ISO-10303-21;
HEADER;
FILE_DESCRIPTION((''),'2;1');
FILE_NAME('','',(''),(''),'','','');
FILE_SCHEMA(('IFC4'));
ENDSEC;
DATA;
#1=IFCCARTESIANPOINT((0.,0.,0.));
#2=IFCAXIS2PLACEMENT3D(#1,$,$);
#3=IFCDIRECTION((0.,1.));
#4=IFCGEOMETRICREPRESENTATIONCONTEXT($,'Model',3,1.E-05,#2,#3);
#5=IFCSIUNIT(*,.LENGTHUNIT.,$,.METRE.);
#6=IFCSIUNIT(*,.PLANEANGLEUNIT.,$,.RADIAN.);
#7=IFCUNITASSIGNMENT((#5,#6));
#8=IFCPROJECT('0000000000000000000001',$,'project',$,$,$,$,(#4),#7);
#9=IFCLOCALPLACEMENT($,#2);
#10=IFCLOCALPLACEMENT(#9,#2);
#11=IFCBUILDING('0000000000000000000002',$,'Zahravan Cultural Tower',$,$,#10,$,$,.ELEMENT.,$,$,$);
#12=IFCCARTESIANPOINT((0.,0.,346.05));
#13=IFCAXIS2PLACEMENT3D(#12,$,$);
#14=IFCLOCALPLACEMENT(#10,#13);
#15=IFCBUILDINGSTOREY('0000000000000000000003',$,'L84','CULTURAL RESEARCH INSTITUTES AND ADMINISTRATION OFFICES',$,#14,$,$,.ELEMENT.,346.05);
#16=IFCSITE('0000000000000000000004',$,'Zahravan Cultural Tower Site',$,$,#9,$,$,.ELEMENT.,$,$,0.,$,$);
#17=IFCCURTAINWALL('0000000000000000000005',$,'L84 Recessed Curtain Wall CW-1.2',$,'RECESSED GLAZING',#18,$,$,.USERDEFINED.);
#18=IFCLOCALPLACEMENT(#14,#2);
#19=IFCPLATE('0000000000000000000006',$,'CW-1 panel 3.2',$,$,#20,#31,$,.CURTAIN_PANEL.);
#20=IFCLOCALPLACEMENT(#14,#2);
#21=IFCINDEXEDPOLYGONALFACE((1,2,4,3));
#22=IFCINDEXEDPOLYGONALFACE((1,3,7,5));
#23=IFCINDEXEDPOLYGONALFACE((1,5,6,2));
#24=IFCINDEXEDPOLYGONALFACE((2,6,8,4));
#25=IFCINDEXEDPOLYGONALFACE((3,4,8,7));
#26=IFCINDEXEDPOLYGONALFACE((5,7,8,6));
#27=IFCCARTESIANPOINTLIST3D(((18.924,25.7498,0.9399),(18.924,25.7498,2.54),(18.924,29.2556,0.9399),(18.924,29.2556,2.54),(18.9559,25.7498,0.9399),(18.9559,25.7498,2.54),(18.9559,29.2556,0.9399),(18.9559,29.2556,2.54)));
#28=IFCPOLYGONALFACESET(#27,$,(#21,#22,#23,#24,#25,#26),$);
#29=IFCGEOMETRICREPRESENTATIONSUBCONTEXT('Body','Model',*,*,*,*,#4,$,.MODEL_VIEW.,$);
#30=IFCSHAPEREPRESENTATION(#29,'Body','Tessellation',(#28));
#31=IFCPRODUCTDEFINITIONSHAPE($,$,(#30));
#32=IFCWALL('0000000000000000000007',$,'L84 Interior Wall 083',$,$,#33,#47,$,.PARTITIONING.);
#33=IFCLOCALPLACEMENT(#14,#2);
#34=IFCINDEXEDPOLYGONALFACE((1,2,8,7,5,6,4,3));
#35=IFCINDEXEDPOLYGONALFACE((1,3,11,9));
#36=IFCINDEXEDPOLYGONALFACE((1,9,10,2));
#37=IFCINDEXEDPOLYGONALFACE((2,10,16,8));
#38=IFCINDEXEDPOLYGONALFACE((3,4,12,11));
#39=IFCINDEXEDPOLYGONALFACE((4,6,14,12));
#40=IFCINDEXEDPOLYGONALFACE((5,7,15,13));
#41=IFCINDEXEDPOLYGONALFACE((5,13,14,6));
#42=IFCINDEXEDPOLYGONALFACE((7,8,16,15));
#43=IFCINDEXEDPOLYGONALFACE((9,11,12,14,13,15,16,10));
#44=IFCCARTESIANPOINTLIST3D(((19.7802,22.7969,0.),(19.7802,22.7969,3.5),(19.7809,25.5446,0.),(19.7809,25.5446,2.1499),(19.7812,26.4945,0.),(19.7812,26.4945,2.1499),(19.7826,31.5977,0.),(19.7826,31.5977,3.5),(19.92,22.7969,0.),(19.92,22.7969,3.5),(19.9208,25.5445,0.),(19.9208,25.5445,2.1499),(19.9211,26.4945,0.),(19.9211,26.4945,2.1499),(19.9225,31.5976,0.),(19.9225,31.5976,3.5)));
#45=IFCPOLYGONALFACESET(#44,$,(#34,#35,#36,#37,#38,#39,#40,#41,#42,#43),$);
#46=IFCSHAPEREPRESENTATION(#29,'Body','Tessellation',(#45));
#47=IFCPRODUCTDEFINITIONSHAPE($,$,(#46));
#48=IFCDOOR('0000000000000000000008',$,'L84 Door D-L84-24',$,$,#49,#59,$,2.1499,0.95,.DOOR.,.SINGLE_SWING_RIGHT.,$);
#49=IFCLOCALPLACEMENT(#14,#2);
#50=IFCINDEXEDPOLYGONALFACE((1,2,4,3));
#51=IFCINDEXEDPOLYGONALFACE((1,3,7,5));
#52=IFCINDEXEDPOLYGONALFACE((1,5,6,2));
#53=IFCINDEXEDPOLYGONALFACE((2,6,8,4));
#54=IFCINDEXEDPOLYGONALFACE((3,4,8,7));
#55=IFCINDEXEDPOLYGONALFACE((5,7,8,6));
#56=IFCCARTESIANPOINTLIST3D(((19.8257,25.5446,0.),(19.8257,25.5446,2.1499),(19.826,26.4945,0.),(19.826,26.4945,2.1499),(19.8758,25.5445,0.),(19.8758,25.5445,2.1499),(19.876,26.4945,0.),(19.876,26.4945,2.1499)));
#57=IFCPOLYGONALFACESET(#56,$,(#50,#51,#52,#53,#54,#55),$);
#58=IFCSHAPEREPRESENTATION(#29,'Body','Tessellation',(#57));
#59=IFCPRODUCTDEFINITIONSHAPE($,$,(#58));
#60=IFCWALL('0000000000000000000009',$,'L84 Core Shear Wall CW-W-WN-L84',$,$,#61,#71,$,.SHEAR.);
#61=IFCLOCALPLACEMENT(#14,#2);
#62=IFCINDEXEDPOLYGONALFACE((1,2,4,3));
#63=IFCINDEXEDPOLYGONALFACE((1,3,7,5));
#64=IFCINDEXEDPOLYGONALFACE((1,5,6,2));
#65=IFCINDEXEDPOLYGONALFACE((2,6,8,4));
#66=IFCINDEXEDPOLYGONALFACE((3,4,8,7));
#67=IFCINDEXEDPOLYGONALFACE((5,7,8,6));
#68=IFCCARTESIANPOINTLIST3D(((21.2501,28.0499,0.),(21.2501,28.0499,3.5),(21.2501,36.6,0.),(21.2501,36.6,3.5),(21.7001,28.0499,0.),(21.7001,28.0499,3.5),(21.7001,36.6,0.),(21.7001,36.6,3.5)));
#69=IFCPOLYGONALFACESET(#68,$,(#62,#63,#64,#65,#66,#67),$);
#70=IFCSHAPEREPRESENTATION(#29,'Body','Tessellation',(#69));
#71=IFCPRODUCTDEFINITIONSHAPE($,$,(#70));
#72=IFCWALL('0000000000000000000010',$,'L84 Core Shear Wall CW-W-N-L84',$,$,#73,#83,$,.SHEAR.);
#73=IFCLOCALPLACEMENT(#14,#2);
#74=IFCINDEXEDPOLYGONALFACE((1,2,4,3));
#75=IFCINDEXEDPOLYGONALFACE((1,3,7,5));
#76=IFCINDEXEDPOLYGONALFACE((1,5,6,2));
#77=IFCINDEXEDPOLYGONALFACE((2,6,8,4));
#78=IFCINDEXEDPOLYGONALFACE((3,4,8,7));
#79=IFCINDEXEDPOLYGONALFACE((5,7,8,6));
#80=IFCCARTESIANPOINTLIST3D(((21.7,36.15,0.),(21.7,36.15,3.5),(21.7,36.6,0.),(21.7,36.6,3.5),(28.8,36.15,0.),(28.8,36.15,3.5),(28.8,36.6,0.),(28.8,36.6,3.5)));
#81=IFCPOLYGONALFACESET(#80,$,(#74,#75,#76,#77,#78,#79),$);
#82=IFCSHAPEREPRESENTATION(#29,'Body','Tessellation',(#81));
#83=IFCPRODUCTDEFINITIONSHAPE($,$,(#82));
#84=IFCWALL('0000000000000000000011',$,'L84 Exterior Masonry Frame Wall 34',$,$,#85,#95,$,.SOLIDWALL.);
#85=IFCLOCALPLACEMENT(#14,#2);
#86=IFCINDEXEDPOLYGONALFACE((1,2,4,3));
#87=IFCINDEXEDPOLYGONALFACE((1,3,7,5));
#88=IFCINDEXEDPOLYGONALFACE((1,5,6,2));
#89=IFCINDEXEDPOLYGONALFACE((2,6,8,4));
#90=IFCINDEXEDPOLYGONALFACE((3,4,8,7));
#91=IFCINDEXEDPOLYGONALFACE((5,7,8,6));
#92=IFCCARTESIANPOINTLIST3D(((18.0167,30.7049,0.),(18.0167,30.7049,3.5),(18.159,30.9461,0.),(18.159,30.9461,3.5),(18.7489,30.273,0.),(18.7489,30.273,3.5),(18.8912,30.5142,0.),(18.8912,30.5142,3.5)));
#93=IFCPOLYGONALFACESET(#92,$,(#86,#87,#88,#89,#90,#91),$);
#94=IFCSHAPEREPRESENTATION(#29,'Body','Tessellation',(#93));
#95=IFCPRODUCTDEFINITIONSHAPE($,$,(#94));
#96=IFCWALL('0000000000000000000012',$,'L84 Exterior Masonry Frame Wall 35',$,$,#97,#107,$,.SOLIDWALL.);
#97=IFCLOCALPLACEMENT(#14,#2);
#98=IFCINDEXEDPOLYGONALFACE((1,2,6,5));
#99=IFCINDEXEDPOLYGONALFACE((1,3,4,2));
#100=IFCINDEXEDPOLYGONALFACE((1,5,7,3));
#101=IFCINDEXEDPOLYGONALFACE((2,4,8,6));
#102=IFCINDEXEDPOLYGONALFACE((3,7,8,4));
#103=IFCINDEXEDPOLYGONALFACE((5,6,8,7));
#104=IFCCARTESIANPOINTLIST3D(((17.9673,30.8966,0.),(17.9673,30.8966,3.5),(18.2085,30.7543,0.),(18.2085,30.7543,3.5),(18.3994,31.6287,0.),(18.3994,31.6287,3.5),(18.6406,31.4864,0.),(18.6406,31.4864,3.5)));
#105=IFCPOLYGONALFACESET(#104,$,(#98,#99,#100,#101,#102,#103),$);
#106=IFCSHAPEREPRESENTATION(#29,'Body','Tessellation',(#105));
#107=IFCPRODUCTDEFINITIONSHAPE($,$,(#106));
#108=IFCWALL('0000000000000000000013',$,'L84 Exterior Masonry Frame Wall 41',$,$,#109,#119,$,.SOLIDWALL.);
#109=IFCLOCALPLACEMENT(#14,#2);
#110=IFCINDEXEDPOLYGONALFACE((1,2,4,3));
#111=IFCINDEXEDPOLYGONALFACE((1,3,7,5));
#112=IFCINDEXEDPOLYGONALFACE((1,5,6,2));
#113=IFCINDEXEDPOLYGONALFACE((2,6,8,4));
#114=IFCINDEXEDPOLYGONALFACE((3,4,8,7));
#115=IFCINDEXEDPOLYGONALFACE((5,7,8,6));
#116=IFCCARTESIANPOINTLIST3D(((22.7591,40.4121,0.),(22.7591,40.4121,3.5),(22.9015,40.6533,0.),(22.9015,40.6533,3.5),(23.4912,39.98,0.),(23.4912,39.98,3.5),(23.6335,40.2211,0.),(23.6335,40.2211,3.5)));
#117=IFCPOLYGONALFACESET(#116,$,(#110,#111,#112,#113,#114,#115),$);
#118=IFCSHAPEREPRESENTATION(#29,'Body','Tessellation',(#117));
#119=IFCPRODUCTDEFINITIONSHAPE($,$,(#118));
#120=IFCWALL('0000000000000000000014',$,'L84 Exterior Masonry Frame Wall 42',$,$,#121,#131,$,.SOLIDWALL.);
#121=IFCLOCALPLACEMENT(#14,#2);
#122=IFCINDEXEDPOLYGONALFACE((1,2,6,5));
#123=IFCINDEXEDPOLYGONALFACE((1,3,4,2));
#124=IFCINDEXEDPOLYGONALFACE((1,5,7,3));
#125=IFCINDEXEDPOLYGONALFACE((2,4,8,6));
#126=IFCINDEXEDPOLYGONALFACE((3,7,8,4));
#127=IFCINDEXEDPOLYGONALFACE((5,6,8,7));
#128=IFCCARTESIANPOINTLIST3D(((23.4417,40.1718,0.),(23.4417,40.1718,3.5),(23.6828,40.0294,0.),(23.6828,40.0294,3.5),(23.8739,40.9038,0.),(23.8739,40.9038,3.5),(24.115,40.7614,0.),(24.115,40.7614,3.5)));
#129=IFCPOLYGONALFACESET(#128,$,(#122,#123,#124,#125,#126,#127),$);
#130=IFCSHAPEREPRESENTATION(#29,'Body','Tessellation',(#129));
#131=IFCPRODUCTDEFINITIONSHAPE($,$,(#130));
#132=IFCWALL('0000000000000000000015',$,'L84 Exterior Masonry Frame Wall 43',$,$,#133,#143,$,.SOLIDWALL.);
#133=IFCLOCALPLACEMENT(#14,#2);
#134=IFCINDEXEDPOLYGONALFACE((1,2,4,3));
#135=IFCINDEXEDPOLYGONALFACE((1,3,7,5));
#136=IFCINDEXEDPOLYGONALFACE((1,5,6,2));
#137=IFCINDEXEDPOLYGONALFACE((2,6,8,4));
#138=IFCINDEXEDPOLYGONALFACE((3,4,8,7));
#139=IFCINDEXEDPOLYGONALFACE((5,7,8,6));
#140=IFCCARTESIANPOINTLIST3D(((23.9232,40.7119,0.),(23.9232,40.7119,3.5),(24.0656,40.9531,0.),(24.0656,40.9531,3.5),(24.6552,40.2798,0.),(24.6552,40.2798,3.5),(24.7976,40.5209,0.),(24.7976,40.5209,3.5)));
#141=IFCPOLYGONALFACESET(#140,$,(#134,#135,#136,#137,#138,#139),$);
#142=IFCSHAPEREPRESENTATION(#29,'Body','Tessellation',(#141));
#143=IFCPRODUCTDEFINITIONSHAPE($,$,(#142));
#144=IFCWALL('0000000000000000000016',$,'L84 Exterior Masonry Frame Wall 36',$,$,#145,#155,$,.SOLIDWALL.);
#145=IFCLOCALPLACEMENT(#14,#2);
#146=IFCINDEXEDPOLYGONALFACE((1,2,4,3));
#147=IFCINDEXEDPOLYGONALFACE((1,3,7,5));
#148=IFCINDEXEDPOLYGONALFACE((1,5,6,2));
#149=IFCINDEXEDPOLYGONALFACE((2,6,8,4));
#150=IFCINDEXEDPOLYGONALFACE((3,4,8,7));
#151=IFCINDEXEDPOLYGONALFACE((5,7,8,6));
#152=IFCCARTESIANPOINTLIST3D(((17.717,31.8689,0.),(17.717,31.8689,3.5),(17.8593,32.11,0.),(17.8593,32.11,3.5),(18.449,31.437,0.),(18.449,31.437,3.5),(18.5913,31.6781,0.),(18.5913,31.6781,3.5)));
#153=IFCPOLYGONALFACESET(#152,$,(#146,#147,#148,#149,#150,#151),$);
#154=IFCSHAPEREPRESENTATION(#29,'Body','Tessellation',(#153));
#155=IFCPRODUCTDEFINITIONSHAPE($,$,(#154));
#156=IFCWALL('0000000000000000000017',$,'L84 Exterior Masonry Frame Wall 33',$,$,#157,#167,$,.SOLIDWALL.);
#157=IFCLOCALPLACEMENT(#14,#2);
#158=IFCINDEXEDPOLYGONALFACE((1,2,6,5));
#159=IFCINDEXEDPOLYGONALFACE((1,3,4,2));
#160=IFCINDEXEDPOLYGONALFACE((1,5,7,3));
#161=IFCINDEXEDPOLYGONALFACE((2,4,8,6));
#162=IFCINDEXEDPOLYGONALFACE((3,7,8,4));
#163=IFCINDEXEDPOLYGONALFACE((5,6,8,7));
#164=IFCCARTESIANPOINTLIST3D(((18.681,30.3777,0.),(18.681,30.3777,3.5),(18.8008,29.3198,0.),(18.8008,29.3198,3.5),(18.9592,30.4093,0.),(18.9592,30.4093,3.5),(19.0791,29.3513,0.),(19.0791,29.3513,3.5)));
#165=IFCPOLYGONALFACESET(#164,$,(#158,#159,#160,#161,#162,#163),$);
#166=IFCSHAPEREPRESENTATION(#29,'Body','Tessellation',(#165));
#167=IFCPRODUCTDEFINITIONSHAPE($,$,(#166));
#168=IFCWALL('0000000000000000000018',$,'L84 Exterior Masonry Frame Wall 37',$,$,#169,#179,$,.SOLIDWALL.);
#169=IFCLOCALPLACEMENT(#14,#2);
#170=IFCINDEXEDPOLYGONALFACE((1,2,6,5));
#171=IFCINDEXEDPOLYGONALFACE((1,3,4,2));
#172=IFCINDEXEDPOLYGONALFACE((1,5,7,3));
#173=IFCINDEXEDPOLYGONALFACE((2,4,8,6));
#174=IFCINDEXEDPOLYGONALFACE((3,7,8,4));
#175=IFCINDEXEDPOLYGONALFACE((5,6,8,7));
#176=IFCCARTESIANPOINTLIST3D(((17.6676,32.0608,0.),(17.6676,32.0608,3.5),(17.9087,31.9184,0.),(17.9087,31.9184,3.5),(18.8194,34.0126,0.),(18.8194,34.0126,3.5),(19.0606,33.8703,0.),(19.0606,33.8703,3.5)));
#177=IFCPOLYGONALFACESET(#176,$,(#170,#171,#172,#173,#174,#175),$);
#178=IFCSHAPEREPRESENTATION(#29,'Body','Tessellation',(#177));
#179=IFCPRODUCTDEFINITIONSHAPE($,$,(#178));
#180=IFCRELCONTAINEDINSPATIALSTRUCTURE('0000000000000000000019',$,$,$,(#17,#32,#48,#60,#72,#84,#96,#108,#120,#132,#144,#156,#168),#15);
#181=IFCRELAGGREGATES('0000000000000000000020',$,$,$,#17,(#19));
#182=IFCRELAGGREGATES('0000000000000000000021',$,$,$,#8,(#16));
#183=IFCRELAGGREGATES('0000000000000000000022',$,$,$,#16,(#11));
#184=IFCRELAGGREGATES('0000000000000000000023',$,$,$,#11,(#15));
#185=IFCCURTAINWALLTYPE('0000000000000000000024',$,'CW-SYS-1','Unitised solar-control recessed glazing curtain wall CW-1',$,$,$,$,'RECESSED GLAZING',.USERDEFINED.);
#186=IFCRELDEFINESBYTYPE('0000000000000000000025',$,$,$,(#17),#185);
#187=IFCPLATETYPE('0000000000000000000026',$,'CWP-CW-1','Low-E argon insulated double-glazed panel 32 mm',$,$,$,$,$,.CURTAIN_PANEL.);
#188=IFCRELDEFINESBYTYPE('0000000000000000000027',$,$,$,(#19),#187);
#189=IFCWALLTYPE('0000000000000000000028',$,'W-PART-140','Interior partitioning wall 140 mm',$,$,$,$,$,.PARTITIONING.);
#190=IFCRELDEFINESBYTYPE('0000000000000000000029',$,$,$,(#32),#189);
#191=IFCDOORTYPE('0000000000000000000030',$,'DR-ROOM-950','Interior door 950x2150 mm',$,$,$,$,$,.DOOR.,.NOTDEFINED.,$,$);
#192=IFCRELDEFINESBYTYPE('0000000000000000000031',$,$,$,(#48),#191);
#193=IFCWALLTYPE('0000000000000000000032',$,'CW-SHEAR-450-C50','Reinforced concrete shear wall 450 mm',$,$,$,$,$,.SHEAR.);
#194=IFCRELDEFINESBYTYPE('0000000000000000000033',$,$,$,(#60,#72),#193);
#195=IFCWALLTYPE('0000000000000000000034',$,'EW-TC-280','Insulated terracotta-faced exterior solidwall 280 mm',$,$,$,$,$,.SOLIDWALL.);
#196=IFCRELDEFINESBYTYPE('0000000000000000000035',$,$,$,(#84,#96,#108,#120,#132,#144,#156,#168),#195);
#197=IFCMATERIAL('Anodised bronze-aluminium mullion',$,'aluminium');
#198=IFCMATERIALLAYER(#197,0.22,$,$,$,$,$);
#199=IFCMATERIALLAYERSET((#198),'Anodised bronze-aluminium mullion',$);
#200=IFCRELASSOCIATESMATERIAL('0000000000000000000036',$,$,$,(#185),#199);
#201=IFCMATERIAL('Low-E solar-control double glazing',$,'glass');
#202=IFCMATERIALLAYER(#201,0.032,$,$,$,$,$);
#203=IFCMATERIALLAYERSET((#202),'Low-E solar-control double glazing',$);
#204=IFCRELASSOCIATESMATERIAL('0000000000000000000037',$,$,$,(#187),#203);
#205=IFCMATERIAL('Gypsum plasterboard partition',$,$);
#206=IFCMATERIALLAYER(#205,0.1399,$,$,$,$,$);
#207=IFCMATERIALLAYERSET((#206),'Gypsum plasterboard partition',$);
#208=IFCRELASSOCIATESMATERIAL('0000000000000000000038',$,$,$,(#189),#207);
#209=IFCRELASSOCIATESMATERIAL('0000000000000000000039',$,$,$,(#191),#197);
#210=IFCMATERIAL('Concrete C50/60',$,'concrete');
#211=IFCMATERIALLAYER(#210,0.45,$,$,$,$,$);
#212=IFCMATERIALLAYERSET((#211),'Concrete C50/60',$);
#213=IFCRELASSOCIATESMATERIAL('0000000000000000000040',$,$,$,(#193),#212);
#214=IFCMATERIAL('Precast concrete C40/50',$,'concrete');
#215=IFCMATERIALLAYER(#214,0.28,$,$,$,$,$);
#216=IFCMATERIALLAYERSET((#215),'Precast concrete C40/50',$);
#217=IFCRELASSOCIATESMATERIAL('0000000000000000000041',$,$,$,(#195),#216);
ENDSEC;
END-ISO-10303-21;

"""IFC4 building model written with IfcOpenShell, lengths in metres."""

from ifc_helpers import new_model, si_unit, direction, frame, frame_2d, origin, origin_2d, place, context, subcontext, project, spatial, rectangle, extrude, source, transform, mapped, material, layer, layer_set, type_object, element, fill, aggregate, save


model = new_model("IFC4")

# Units and contexts
model_context = context("Model", 3, precision=1e-05, world=origin(), true_north=direction((0.0, 1.0)))
body_context = subcontext(model_context, "Body", "Model", "MODEL_VIEW")
ifc_project = project(units=[si_unit("LENGTHUNIT", "METRE"), si_unit("PLANEANGLEUNIT", "RADIAN")], contexts=[model_context])

# Site, building, storey
site_placement = place(None, origin())
site = spatial("IfcSite", under=ifc_project, at=site_placement, Name="Zahravan Cultural Tower Site", CompositionType="ELEMENT", RefElevation=0.0)
building_placement = place(site_placement, origin())
building = spatial("IfcBuilding", under=site, at=building_placement, Name="Zahravan Cultural Tower", CompositionType="ELEMENT")
storey_placement = place(building_placement, frame((0.0, 0.0, 346.05)))
storey = spatial("IfcBuildingStorey", under=building, at=storey_placement, Name="L84", Description="CULTURAL RESEARCH INSTITUTES AND ADMINISTRATION OFFICES", CompositionType="ELEMENT", Elevation=346.05)

# Shared definitions
ifc_material_1 = material(Name="Concrete C50/60", Category="concrete")

# Curtain wall, plate
ifc_material_2 = material(Name="Anodised bronze-aluminium mullion", Category="aluminium")
ifc_layer_1 = layer(ifc_material_2, 0.22)
ifc_layer_set_1 = layer_set([ifc_layer_1], Name="Anodised bronze-aluminium mullion")
curtain_wall_type = type_object("IfcCurtainWallType", Name="CW-SYS-1", Description="Unitised solar-control recessed glazing curtain wall CW-1", ElementType="RECESSED GLAZING", PredefinedType="USERDEFINED", material=ifc_layer_set_1)
curtain_wall_placement = place(storey_placement, origin())
curtain_wall = element("IfcCurtainWall", 1, at=curtain_wall_placement, inside=storey, type_object=curtain_wall_type, Name="L84 Recessed Curtain Wall CW-1.2", ObjectType="RECESSED GLAZING", PredefinedType="USERDEFINED")
ifc_material_3 = material(Name="Low-E solar-control double glazing", Category="glass")
ifc_layer_2 = layer(ifc_material_3, 0.032)
ifc_layer_set_2 = layer_set([ifc_layer_2], Name="Low-E solar-control double glazing")
plate_type = type_object("IfcPlateType", Name="CWP-CW-1", Description="Low-E argon insulated double-glazed panel 32 mm", PredefinedType="CURTAIN_PANEL", material=ifc_layer_set_2)
shared_shape_1 = source(origin(), body_context, "Body", "SweptSolid", [
    extrude(rectangle(XDim=3.5059, YDim=0.032, at=origin_2d()), origin(), (0.0, 0.0, 1.0), 1.6001),
])
plate_1_placement = place(storey_placement, frame((18.9399, 27.5027, 0.9399), z_axis=(0.0, 0.0, 1.0), x_axis=(0.0, 1.0, 0.0)))
plate_1 = element("IfcPlate", 2, at=plate_1_placement, type_object=plate_type, Name="CW-1 panel 3.2", PredefinedType="CURTAIN_PANEL", context=body_context, shape_type="MappedRepresentation", body=[
    mapped(shared_shape_1, transform((0.0, 0.0, 0.0), x_axis=(1.0, 0.0, 0.0), y_axis=(0.0, 1.0, 0.0), z_axis=(0.0, 0.0, 1.0), scale=1.0)),
])
aggregate(curtain_wall, [plate_1])

# Wall, opening, door
ifc_material_4 = material(Name="Gypsum plasterboard partition")
ifc_layer_3 = layer(ifc_material_4, 0.1399)
ifc_layer_set_3 = layer_set([ifc_layer_3], Name="Gypsum plasterboard partition")
wall_type_1 = type_object("IfcWallType", Name="W-PART-140", Description="Interior partitioning wall 140 mm", PredefinedType="PARTITIONING", material=ifc_layer_set_3)
wall_1_placement = place(storey_placement, frame((19.8525, 31.5977, 0.0), z_axis=(0.0, 0.0, 1.0), x_axis=(-0.000277, -1.0, 0.0)))
wall_1 = element("IfcWall", 3, at=wall_1_placement, inside=storey, type_object=wall_type_1, Name="L84 Interior Wall 083", PredefinedType="PARTITIONING", context=body_context, shape_type="SweptSolid", body=[
    extrude(rectangle(XDim=8.8008, YDim=0.1399, at=frame_2d((4.4004, 0.0))), origin(), (0.0, 0.0, 1.0), 3.5),
])
opening_placement = place(wall_1_placement, frame((5.103, 0.0, 0.0)))
opening = element("IfcOpeningElement", 4, at=opening_placement, cuts=wall_1, PredefinedType="OPENING", context=body_context, shape_type="SweptSolid", body=[
    extrude(rectangle(XDim=0.95, YDim=2.1499, at=frame_2d((0.4751, 1.075))), frame((0.0, 0.0798, 0.0), z_axis=(0.0, -1.0, 0.0), x_axis=(1.0, 0.0, 0.0)), (0.0, 0.0, 1.0), 0.1599),
])
door_type = type_object("IfcDoorType", Name="DR-ROOM-950", Description="Interior door 950x2150 mm", OperationType="NOTDEFINED", PredefinedType="DOOR", material=ifc_material_2)
shared_shape_2 = source(origin(), body_context, "Body", "SweptSolid", [
    extrude(rectangle(XDim=0.95, YDim=2.1499, at=frame_2d((0.4751, 1.075))), frame((0.0, 0.0249, 0.0), z_axis=(0.0, -1.0, 0.0), x_axis=(1.0, 0.0, 0.0)), (0.0, 0.0, 1.0), 0.05),
])
door_placement = place(opening_placement, origin())
door = element("IfcDoor", 5, at=door_placement, inside=storey, type_object=door_type, Name="L84 Door D-L84-24", OperationType="SINGLE_SWING_RIGHT", OverallHeight=2.1499, OverallWidth=0.95, PredefinedType="DOOR", context=body_context, shape_type="MappedRepresentation", body=[
    mapped(shared_shape_2, transform((0.0, 0.0, 0.0), x_axis=(1.0, 0.0, 0.0), y_axis=(0.0, 1.0, 0.0), z_axis=(0.0, 0.0, 1.0), scale=1.0)),
])
fill(opening, door)

# Walls
ifc_layer_4 = layer(ifc_material_1, 0.45)
ifc_layer_set_4 = layer_set([ifc_layer_4], Name="Concrete C50/60")
wall_type_2 = type_object("IfcWallType", Name="CW-SHEAR-450-C50", Description="Reinforced concrete shear wall 450 mm", PredefinedType="SHEAR", material=ifc_layer_set_4)
shared_shape_3 = source(origin(), body_context, "Body", "SweptSolid", [
    extrude(rectangle(XDim=8.55, YDim=0.45, at=frame_2d((4.2749, 0.0))), origin(), (0.0, 0.0, 1.0), 3.5),
])
wall_2_placement = place(storey_placement, frame((21.4751, 28.05, 0.0), z_axis=(0.0, 0.0, 1.0), x_axis=(0.0, 1.0, 0.0)))
element("IfcWall", 6, at=wall_2_placement, inside=storey, type_object=wall_type_2, Name="L84 Core Shear Wall CW-W-WN-L84", PredefinedType="SHEAR", context=body_context, shape_type="MappedRepresentation", body=[
    mapped(shared_shape_3, transform((0.0, 0.0, 0.0), x_axis=(1.0, 0.0, 0.0), y_axis=(0.0, 1.0, 0.0), z_axis=(0.0, 0.0, 1.0), scale=1.0)),
])
shared_shape_4 = source(origin(), body_context, "Body", "SweptSolid", [
    extrude(rectangle(XDim=7.1001, YDim=0.45, at=frame_2d((3.55, 0.0))), origin(), (0.0, 0.0, 1.0), 3.5),
])
wall_3_placement = place(storey_placement, frame((21.7, 36.375, 0.0), z_axis=(0.0, 0.0, 1.0), x_axis=(1.0, 0.0, 0.0)))
element("IfcWall", 7, at=wall_3_placement, inside=storey, type_object=wall_type_2, Name="L84 Core Shear Wall CW-W-N-L84", PredefinedType="SHEAR", context=body_context, shape_type="MappedRepresentation", body=[
    mapped(shared_shape_4, transform((0.0, 0.0, 0.0), x_axis=(1.0, 0.0, 0.0), y_axis=(0.0, 1.0, 0.0), z_axis=(0.0, 0.0, 1.0), scale=1.0)),
])
ifc_material_5 = material(Name="Precast concrete C40/50", Category="concrete")
ifc_layer_5 = layer(ifc_material_5, 0.28)
ifc_layer_set_5 = layer_set([ifc_layer_5], Name="Precast concrete C40/50")
wall_type_3 = type_object("IfcWallType", Name="EW-TC-280", Description="Insulated terracotta-faced exterior solidwall 280 mm", PredefinedType="SOLIDWALL", material=ifc_layer_set_5)
shared_shape_5 = source(origin(), body_context, "Body", "SweptSolid", [
    extrude(rectangle(XDim=0.8501, YDim=0.28, at=frame_2d((0.425, 0.0))), origin(), (0.0, 0.0, 1.0), 3.5),
])
for number, where, z_axis, x_axis, name in (
    (8, (18.8201, 30.3936, 0.0), (0.0, 0.0, 1.0), (-0.861321, 0.508062, 0.0), "L84 Exterior Masonry Frame Wall 34"),
    (9, (18.0879, 30.8254, 0.0), (0.0, 0.0, 1.0), (0.508275, 0.861195, 0.0), "L84 Exterior Masonry Frame Wall 35"),
    (10, (22.8303, 40.5327, 0.0), (0.0, 0.0, 1.0), (0.861121, -0.5084, 0.0), "L84 Exterior Masonry Frame Wall 41"),
    (11, (23.5623, 40.1006, 0.0), (0.0, 0.0, 1.0), (0.5084, 0.861121, 0.0), "L84 Exterior Masonry Frame Wall 42"),
    (12, (23.9944, 40.8325, 0.0), (0.0, 0.0, 1.0), (0.861121, -0.5084, 0.0), "L84 Exterior Masonry Frame Wall 43"),
):
    element("IfcWall", number, at=place(storey_placement, frame(where, z_axis=z_axis, x_axis=x_axis)), inside=storey, type_object=wall_type_3, Name=name, PredefinedType="SOLIDWALL", context=body_context, shape_type="MappedRepresentation", body=[
        mapped(shared_shape_5, transform((0.0, 0.0, 0.0), x_axis=(1.0, 0.0, 0.0), y_axis=(0.0, 1.0, 0.0), z_axis=(0.0, 0.0, 1.0), scale=1.0)),
    ])
shared_shape_6 = source(origin(), body_context, "Body", "SweptSolid", [
    extrude(rectangle(XDim=0.8499, YDim=0.28, at=frame_2d((0.4248, 0.0))), origin(), (0.0, 0.0, 1.0), 3.5),
])
wall_4_placement = place(storey_placement, frame((18.52, 31.5576, 0.0), z_axis=(0.0, 0.0, 1.0), x_axis=(-0.861247, 0.508187, 0.0)))
element("IfcWall", 13, at=wall_4_placement, inside=storey, type_object=wall_type_3, Name="L84 Exterior Masonry Frame Wall 36", PredefinedType="SOLIDWALL", context=body_context, shape_type="MappedRepresentation", body=[
    mapped(shared_shape_6, transform((0.0, 0.0, 0.0), x_axis=(1.0, 0.0, 0.0), y_axis=(0.0, 1.0, 0.0), z_axis=(0.0, 0.0, 1.0), scale=1.0)),
])
shared_shape_7 = source(origin(), body_context, "Body", "SweptSolid", [
    extrude(rectangle(XDim=1.0647, YDim=0.28, at=frame_2d((0.5322, 0.0))), origin(), (0.0, 0.0, 1.0), 3.5),
])
wall_5_placement = place(storey_placement, frame((18.9399, 29.3357, 0.0), z_axis=(0.0, 0.0, 1.0), x_axis=(-0.112596, 0.993641, 0.0)))
element("IfcWall", 14, at=wall_5_placement, inside=storey, type_object=wall_type_3, Name="L84 Exterior Masonry Frame Wall 33", PredefinedType="SOLIDWALL", context=body_context, shape_type="MappedRepresentation", body=[
    mapped(shared_shape_7, transform((0.0, 0.0, 0.0), x_axis=(1.0, 0.0, 0.0), y_axis=(0.0, 1.0, 0.0), z_axis=(0.0, 0.0, 1.0), scale=1.0)),
])
shared_shape_8 = source(origin(), body_context, "Body", "SweptSolid", [
    extrude(rectangle(XDim=2.2664, YDim=0.28, at=frame_2d((1.1333, 0.0))), origin(), (0.0, 0.0, 1.0), 3.5),
])
wall_6_placement = place(storey_placement, frame((17.7881, 31.9895, 0.0), z_axis=(0.0, 0.0, 1.0), x_axis=(0.508225, 0.861224, 0.0)))
element("IfcWall", 15, at=wall_6_placement, inside=storey, type_object=wall_type_3, Name="L84 Exterior Masonry Frame Wall 37", PredefinedType="SOLIDWALL", context=body_context, shape_type="MappedRepresentation", body=[
    mapped(shared_shape_8, transform((0.0, 0.0, 0.0), x_axis=(1.0, 0.0, 0.0), y_axis=(0.0, 1.0, 0.0), z_axis=(0.0, 0.0, 1.0), scale=1.0)),
])

save(model, "model.ifc")
